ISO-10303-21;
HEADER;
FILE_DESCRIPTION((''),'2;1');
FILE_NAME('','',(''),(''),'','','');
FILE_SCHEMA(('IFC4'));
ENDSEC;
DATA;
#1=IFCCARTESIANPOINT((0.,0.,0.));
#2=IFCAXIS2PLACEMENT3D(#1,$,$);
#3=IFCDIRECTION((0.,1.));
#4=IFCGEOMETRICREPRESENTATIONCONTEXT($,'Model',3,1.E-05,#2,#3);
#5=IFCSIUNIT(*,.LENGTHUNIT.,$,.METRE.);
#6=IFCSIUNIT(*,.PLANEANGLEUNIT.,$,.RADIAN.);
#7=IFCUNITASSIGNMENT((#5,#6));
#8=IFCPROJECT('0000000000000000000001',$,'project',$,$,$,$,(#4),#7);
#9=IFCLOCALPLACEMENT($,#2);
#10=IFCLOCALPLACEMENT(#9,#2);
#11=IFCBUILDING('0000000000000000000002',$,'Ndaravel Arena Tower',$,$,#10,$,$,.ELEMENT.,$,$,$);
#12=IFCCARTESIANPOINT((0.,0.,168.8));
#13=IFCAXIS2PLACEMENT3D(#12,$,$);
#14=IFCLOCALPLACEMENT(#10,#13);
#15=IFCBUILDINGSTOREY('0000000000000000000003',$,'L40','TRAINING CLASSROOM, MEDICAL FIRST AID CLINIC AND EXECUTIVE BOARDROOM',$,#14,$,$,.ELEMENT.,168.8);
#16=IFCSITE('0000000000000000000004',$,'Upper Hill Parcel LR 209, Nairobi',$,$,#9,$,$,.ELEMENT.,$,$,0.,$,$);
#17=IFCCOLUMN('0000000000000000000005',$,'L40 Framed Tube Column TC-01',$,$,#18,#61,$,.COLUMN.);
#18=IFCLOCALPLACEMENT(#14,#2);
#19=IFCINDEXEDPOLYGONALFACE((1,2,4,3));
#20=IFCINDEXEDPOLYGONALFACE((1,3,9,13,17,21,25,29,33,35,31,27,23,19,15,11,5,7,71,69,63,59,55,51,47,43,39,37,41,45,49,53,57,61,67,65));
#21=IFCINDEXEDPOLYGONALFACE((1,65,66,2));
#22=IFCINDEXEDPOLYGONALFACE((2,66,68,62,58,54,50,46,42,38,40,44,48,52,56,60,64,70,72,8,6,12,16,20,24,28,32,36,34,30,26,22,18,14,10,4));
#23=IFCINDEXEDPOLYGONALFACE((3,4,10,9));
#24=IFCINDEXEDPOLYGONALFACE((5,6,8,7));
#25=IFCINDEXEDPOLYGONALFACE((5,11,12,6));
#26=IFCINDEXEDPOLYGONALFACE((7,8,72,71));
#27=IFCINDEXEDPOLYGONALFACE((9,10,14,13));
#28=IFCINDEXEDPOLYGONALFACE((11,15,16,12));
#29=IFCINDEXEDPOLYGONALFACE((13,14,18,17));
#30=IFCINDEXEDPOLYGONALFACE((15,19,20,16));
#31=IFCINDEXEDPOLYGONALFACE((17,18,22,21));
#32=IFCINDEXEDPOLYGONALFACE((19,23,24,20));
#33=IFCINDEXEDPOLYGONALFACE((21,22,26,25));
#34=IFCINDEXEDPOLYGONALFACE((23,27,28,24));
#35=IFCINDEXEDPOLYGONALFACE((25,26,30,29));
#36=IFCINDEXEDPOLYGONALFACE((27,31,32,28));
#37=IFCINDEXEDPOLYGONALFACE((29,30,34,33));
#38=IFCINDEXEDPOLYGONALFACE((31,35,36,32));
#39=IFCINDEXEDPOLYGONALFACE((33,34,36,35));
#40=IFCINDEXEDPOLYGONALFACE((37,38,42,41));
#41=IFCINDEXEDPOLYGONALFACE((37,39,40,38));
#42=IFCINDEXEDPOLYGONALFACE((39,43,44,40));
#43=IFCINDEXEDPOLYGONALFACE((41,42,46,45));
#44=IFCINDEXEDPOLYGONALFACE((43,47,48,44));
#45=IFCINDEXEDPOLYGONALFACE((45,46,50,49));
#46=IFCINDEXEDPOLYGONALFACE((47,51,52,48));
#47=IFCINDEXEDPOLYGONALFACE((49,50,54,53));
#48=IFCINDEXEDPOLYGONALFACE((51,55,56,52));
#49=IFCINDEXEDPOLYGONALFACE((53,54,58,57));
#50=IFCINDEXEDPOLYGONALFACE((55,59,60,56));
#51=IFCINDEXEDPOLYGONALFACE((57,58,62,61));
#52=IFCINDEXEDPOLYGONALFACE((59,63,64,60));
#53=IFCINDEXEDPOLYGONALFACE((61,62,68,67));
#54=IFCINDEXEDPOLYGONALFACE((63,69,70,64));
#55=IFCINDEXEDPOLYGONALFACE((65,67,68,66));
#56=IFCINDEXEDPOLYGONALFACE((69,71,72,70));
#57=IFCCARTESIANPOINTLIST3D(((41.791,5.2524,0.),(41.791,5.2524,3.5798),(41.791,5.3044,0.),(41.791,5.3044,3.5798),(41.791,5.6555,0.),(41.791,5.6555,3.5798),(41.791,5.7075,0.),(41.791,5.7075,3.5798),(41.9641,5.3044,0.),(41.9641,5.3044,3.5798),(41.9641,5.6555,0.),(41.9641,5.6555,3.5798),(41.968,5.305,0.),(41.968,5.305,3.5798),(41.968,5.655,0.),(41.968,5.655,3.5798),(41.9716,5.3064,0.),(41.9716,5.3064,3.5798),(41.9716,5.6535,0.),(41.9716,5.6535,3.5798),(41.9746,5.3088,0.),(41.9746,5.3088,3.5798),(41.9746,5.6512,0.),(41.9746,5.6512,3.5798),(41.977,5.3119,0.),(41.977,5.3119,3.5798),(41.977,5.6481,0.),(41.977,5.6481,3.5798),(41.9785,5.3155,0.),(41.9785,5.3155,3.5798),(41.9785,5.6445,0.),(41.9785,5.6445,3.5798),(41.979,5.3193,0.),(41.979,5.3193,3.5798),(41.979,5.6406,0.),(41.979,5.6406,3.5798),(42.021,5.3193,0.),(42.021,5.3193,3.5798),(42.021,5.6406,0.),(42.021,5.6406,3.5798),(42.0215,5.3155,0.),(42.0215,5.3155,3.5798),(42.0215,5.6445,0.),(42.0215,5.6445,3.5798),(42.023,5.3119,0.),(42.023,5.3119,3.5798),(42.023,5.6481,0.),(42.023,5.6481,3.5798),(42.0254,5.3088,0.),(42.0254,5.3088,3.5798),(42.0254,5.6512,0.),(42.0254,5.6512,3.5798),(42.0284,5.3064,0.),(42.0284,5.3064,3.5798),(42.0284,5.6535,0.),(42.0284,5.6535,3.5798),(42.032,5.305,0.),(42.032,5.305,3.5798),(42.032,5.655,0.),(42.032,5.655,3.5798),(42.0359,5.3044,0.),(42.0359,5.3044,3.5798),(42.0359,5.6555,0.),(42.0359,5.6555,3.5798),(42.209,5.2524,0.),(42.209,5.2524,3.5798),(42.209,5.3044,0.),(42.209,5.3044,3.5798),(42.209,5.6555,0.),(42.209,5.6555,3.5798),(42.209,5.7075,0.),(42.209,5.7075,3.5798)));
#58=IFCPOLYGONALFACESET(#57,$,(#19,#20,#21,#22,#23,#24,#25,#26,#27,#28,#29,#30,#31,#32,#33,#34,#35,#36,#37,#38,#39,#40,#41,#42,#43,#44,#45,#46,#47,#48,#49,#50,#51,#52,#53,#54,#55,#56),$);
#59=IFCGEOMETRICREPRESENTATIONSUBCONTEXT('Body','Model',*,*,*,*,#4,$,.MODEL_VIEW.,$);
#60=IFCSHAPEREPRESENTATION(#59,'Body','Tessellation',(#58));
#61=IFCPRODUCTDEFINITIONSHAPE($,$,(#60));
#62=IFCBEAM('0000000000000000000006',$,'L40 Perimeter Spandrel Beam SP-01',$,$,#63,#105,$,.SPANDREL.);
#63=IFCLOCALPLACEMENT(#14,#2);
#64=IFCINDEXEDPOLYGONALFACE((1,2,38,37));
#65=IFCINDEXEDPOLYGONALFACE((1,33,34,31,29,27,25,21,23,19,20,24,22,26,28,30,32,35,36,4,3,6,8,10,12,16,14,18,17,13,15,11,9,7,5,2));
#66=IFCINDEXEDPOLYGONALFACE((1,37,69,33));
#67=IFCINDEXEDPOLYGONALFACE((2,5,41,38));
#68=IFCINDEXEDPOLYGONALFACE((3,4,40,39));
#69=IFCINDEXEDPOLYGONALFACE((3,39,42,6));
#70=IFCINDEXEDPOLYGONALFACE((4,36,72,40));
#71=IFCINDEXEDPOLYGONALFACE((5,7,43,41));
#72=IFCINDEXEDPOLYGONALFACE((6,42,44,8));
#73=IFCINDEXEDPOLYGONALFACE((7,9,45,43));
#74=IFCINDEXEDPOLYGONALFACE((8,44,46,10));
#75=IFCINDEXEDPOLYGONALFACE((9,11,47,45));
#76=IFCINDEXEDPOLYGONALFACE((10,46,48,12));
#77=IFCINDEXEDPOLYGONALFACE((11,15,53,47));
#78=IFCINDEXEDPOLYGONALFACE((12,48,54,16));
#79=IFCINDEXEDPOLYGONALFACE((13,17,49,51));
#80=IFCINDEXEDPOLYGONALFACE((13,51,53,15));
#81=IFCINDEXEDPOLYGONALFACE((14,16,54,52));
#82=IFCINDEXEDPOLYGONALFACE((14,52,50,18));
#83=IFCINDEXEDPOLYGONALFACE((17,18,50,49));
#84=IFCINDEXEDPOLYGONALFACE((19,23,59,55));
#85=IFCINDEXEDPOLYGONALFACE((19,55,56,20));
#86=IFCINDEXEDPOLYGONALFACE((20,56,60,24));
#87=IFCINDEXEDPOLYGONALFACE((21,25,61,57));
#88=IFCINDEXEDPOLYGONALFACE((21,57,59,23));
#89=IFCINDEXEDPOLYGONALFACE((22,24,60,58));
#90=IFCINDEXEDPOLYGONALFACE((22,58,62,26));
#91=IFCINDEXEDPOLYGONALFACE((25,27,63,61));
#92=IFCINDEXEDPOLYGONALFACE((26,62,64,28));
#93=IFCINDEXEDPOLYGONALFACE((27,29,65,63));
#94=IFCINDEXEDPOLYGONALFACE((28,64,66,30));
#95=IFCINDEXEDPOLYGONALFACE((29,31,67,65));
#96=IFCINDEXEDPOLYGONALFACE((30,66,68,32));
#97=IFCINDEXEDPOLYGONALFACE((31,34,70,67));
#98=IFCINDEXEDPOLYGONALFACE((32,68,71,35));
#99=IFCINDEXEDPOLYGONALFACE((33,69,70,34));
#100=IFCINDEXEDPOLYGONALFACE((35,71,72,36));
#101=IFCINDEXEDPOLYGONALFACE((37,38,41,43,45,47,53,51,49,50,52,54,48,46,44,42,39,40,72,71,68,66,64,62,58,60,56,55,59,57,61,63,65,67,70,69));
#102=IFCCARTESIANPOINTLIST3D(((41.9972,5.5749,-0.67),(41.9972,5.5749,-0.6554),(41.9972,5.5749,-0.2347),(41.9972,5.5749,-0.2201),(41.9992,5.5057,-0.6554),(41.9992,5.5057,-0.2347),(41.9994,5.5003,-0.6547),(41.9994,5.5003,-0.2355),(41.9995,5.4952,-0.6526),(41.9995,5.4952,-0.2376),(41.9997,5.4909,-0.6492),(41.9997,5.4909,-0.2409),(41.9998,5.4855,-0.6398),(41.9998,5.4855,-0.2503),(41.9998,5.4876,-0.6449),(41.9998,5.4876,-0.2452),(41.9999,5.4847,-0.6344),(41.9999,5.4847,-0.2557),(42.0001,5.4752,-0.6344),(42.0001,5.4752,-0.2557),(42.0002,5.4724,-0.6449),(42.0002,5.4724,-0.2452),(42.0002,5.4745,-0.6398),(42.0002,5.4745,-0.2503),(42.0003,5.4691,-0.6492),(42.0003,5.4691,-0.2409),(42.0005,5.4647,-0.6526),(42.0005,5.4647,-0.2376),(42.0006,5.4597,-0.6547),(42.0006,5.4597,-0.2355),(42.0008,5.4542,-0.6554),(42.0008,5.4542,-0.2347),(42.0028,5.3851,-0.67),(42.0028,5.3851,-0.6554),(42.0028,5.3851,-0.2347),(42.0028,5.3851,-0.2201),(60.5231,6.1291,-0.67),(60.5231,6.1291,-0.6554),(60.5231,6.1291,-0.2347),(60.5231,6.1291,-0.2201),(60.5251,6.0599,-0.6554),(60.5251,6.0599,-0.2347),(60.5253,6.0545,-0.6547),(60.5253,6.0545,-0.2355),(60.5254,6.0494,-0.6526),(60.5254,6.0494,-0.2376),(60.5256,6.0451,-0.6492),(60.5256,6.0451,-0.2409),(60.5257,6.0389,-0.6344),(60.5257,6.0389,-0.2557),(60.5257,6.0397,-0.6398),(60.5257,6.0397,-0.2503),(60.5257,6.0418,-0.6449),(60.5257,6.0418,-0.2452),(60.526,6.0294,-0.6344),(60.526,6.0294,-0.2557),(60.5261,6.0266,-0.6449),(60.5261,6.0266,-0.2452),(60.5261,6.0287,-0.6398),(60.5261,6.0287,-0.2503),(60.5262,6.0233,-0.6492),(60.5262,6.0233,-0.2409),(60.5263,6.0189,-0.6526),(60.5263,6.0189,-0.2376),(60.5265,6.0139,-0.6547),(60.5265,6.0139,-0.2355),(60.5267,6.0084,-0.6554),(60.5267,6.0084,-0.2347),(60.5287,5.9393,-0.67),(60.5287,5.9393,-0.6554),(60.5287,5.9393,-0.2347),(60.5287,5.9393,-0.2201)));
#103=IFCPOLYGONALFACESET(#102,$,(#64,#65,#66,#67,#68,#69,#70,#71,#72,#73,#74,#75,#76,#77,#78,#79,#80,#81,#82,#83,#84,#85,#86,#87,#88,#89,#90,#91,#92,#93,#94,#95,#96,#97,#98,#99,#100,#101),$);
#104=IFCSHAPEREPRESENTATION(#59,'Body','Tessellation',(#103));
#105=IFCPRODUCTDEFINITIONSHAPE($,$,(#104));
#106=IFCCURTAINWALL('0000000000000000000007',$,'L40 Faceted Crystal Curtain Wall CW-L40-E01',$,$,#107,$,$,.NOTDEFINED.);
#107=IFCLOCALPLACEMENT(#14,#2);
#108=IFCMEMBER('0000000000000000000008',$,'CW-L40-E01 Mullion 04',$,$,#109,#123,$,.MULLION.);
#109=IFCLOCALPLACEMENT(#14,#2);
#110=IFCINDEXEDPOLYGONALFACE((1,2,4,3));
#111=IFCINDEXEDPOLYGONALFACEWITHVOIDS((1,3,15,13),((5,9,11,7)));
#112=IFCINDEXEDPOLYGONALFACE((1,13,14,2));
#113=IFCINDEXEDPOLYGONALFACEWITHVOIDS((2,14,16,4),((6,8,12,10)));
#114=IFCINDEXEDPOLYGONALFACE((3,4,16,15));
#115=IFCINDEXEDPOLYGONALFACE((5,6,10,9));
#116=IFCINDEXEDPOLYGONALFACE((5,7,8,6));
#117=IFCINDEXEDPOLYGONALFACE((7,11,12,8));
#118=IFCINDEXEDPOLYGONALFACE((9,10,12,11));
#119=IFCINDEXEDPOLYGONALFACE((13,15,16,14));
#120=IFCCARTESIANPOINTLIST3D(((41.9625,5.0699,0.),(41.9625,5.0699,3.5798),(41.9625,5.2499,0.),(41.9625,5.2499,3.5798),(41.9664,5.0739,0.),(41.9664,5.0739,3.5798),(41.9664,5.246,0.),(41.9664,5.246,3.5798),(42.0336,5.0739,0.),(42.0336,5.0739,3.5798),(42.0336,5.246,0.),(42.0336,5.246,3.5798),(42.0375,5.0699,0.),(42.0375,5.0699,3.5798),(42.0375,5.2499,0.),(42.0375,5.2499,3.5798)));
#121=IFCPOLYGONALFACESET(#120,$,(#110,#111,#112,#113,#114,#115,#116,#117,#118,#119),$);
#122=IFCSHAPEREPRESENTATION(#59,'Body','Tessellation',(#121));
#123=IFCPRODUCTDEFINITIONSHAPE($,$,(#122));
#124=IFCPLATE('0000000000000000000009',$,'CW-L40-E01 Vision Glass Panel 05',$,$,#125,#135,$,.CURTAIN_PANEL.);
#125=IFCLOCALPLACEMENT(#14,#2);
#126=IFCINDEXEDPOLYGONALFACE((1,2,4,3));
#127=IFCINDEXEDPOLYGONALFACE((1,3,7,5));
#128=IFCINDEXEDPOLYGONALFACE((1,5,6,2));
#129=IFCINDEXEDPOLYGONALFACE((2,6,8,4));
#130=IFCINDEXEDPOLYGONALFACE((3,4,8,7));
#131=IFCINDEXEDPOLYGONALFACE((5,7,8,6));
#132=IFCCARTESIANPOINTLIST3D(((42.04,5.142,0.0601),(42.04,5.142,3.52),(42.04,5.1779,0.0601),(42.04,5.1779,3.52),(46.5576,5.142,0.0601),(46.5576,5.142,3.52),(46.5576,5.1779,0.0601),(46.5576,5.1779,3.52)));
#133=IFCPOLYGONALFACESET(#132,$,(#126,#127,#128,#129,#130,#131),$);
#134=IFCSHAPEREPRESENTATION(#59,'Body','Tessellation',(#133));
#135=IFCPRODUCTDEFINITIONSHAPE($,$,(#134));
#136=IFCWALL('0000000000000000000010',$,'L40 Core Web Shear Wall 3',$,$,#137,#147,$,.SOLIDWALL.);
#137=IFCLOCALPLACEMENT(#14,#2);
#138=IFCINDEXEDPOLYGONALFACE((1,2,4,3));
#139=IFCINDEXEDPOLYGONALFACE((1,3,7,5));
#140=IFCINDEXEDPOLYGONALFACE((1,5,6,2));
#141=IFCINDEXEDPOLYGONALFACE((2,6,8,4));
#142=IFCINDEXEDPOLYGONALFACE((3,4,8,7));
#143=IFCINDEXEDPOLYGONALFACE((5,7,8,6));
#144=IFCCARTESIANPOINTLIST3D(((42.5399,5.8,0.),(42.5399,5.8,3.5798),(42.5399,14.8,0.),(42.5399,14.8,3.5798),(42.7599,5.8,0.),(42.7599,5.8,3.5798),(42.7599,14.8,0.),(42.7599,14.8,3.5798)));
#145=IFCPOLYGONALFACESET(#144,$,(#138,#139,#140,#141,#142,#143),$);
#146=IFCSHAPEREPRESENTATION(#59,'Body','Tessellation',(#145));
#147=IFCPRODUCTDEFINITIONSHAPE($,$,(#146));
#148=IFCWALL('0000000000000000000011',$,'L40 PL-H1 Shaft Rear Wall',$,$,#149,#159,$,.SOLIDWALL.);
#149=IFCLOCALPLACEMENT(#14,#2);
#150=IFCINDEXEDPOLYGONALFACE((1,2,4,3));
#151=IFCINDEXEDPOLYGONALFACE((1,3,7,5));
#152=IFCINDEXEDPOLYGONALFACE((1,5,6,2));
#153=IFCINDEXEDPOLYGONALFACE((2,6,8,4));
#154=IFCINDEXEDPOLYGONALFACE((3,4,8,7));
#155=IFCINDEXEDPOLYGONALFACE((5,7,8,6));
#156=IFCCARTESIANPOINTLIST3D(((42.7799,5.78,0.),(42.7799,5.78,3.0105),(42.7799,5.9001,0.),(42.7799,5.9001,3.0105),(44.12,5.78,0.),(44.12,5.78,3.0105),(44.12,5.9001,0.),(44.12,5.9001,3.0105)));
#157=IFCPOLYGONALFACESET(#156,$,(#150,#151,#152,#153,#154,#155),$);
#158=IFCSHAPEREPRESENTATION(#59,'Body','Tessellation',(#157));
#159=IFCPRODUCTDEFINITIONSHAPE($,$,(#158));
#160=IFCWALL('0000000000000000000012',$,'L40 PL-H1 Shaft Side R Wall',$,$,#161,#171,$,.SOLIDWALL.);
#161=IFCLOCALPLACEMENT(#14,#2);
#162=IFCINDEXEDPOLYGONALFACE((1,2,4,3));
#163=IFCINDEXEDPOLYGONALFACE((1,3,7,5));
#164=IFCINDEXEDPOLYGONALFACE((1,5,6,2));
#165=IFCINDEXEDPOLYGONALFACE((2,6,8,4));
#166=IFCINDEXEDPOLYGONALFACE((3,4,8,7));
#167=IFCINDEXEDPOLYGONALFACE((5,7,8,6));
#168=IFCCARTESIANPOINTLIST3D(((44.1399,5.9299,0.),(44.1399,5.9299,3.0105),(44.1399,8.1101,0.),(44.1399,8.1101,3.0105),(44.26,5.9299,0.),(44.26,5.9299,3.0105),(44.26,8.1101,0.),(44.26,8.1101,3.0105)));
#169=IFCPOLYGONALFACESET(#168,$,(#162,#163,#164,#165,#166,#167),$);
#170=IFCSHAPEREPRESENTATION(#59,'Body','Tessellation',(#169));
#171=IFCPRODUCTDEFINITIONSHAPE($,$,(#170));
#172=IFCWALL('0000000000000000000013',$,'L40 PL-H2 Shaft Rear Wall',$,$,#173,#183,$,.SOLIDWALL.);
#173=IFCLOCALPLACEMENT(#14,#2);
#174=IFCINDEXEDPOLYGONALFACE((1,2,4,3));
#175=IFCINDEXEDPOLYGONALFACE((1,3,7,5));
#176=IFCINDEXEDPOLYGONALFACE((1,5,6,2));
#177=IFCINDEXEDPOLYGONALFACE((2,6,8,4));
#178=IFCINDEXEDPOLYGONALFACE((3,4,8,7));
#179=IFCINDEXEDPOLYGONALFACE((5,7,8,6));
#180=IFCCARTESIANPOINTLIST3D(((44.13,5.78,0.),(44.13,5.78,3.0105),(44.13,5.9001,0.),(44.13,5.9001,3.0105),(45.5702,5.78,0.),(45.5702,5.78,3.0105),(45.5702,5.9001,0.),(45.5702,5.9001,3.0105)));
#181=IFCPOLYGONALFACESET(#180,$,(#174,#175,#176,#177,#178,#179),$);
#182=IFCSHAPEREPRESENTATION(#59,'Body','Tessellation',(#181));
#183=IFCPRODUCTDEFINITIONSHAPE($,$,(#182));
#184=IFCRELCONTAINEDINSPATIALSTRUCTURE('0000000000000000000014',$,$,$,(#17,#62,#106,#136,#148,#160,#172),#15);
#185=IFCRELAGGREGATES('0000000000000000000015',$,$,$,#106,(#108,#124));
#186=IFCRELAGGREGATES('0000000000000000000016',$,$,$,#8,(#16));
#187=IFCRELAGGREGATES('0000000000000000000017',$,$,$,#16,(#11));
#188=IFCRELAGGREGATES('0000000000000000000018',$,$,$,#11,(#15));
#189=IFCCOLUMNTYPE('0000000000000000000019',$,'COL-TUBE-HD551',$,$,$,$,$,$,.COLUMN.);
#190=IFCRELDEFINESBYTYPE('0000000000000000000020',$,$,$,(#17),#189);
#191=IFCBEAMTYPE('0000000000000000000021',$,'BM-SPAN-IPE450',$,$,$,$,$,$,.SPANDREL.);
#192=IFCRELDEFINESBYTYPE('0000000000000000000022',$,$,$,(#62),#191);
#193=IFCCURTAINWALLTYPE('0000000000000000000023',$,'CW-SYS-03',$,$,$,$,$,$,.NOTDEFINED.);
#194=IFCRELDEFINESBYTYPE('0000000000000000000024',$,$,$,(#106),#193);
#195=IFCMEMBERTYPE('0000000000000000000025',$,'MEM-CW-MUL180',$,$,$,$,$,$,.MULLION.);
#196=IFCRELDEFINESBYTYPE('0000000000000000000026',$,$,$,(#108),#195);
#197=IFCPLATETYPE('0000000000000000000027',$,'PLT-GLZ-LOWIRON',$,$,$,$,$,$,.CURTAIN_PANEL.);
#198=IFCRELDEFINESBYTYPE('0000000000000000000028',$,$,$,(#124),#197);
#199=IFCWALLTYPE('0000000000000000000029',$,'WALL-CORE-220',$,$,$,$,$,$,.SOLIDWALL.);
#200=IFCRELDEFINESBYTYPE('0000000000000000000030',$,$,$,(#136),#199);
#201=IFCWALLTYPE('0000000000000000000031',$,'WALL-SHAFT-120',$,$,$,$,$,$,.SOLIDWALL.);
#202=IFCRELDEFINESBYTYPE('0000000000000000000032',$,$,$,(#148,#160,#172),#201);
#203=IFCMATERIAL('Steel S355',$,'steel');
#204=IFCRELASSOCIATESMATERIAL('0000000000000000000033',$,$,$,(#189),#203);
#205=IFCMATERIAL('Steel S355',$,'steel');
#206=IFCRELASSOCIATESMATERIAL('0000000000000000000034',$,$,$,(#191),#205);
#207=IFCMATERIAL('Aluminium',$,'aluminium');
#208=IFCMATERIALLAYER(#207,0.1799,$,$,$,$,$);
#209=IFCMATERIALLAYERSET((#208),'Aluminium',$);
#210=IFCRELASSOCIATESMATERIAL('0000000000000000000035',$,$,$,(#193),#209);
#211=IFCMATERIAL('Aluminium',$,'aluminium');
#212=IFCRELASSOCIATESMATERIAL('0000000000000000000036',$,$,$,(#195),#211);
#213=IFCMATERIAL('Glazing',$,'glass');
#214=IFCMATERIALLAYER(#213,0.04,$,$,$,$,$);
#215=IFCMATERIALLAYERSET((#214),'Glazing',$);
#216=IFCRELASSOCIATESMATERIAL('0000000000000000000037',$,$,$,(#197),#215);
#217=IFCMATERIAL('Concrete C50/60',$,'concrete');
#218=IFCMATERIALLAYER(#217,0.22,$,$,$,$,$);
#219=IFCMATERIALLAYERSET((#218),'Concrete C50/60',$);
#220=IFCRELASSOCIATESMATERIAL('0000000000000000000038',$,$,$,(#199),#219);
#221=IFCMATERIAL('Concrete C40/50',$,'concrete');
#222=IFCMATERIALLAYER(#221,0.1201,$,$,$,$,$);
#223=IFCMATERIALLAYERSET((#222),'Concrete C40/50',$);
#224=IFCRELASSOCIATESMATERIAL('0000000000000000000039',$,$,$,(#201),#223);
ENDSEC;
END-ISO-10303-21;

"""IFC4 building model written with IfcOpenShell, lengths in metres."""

from ifc_helpers import new_model, si_unit, direction, frame, frame_2d, origin, origin_2d, place, context, subcontext, project, spatial, rectangle, hollow_rectangle, i_section, extrude, material, layer, layer_set, material_profile, profile_set, type_object, element, aggregate, save


model = new_model("IFC4")

# Units and contexts
model_context = context("Model", 3, precision=1e-05, world=origin(), true_north=direction((0.0, 1.0)))
body_context = subcontext(model_context, "Body", "Model", "MODEL_VIEW")
ifc_project = project(units=[si_unit("LENGTHUNIT", "METRE"), si_unit("PLANEANGLEUNIT", "RADIAN")], contexts=[model_context])

# Site, building, storey
site_placement = place(None, origin())
site = spatial("IfcSite", under=ifc_project, at=site_placement, Name="Upper Hill Parcel LR 209, Nairobi", CompositionType="ELEMENT", RefElevation=0.0)
building_placement = place(site_placement, origin())
building = spatial("IfcBuilding", under=site, at=building_placement, Name="Ndaravel Arena Tower", CompositionType="ELEMENT")
storey_placement = place(building_placement, frame((0.0, 0.0, 168.8)))
storey = spatial("IfcBuildingStorey", under=building, at=storey_placement, Name="L40", Description="TRAINING CLASSROOM, MEDICAL FIRST AID CLINIC AND EXECUTIVE BOARDROOM", CompositionType="ELEMENT", Elevation=168.8)

# Column
ifc_material_1 = material(Name="Steel S355", Category="steel")
ifc_material_profile_1 = material_profile(ifc_material_1, i_section(OverallWidth=0.418, OverallDepth=0.4551, WebThickness=0.042, FlangeThickness=0.052, FilletRadius=0.0149, at=origin_2d()), Name="HD 400x551")
ifc_profile_set_1 = profile_set([ifc_material_profile_1], Name="Steel S355")
column_type = type_object("IfcColumnType", Name="COL-TUBE-HD551", PredefinedType="COLUMN", material=ifc_profile_set_1)
column_placement = place(storey_placement, frame((42.0, 5.48, 0.0), z_axis=(0.0, 0.0, 1.0), x_axis=(1.0, 0.0, 0.0)))
element("IfcColumn", 1, at=column_placement, inside=storey, type_object=column_type, Name="L40 Framed Tube Column TC-01", PredefinedType="COLUMN", context=body_context, shape_type="SweptSolid", body=[
    extrude(i_section(OverallWidth=0.418, OverallDepth=0.4551, WebThickness=0.042, FlangeThickness=0.052, FilletRadius=0.0149, at=origin_2d()), origin(), (0.0, 0.0, 1.0), 3.5798),
])

# Beam
ifc_material_2 = material(Name="Steel S355", Category="steel")
ifc_material_profile_2 = material_profile(ifc_material_2, i_section(OverallWidth=0.1899, OverallDepth=0.45, WebThickness=0.0095, FlangeThickness=0.0146, FilletRadius=0.021, at=origin_2d()), Name="IPE 450")
ifc_profile_set_2 = profile_set([ifc_material_profile_2], Name="Steel S355")
beam_type = type_object("IfcBeamType", Name="BM-SPAN-IPE450", PredefinedType="SPANDREL", material=ifc_profile_set_2)
beam_placement = place(storey_placement, frame((42.0, 5.48, -0.4451), z_axis=(0.999553, 0.029901, 0.0), x_axis=(-0.029901, 0.999553, 0.0)))
element("IfcBeam", 2, at=beam_placement, inside=storey, type_object=beam_type, Name="L40 Perimeter Spandrel Beam SP-01", PredefinedType="SPANDREL", context=body_context, shape_type="SweptSolid", body=[
    extrude(i_section(OverallWidth=0.1899, OverallDepth=0.45, WebThickness=0.0095, FlangeThickness=0.0146, FilletRadius=0.021, at=origin_2d()), origin(), (0.0, 0.0, 1.0), 18.5342),
])

# Curtain wall, member, plate
ifc_material_3 = material(Name="Aluminium", Category="aluminium")
ifc_layer_1 = layer(ifc_material_3, 0.1799)
ifc_layer_set_1 = layer_set([ifc_layer_1], Name="Aluminium")
curtain_wall_type = type_object("IfcCurtainWallType", Name="CW-SYS-03", PredefinedType="NOTDEFINED", material=ifc_layer_set_1)
curtain_wall_placement = place(storey_placement, origin())
curtain_wall = element("IfcCurtainWall", 3, at=curtain_wall_placement, inside=storey, type_object=curtain_wall_type, Name="L40 Faceted Crystal Curtain Wall CW-L40-E01", PredefinedType="NOTDEFINED")
ifc_material_4 = material(Name="Aluminium", Category="aluminium")
ifc_material_profile_3 = material_profile(ifc_material_4, hollow_rectangle(XDim=0.075, YDim=0.1799, WallThickness=0.0039, at=origin_2d()), Name="CW MULLION 75x180x4")
ifc_profile_set_3 = profile_set([ifc_material_profile_3], Name="Aluminium")
member_type = type_object("IfcMemberType", Name="MEM-CW-MUL180", PredefinedType="MULLION", material=ifc_profile_set_3)
member_placement = place(storey_placement, frame((42.0, 5.1599, 0.0), z_axis=(0.0, 0.0, 1.0), x_axis=(1.0, 0.0, 0.0)))
member = element("IfcMember", 4, at=member_placement, type_object=member_type, Name="CW-L40-E01 Mullion 04", PredefinedType="MULLION", context=body_context, shape_type="SweptSolid", body=[
    extrude(hollow_rectangle(XDim=0.075, YDim=0.1799, WallThickness=0.0039, at=origin_2d()), origin(), (0.0, 0.0, 1.0), 3.5798),
])
ifc_material_5 = material(Name="Glazing", Category="glass")
ifc_layer_2 = layer(ifc_material_5, 0.04)
ifc_layer_set_2 = layer_set([ifc_layer_2], Name="Glazing")
plate_type = type_object("IfcPlateType", Name="PLT-GLZ-LOWIRON", PredefinedType="CURTAIN_PANEL", material=ifc_layer_set_2)
plate_placement = place(storey_placement, frame((44.2988, 5.1599, 0.0601), z_axis=(0.0, 0.0, 1.0), x_axis=(1.0, 0.0, 0.0)))
plate = element("IfcPlate", 5, at=plate_placement, type_object=plate_type, Name="CW-L40-E01 Vision Glass Panel 05", PredefinedType="CURTAIN_PANEL", context=body_context, shape_type="SweptSolid", body=[
    extrude(rectangle(XDim=4.5176, YDim=0.0359, at=origin_2d()), origin(), (0.0, 0.0, 1.0), 3.46),
])
aggregate(curtain_wall, [member, plate])

# Walls
ifc_material_6 = material(Name="Concrete C50/60", Category="concrete")
ifc_layer_3 = layer(ifc_material_6, 0.22)
ifc_layer_set_3 = layer_set([ifc_layer_3], Name="Concrete C50/60")
wall_type_1 = type_object("IfcWallType", Name="WALL-CORE-220", PredefinedType="SOLIDWALL", material=ifc_layer_set_3)
wall_1_placement = place(storey_placement, frame((42.6499, 5.8, 0.0), z_axis=(0.0, 0.0, 1.0), x_axis=(0.0, 1.0, 0.0)))
element("IfcWall", 6, at=wall_1_placement, inside=storey, type_object=wall_type_1, Name="L40 Core Web Shear Wall 3", PredefinedType="SOLIDWALL", context=body_context, shape_type="SweptSolid", body=[
    extrude(rectangle(XDim=9.0, YDim=0.22, at=frame_2d((4.5, 0.0))), origin(), (0.0, 0.0, 1.0), 3.5798),
])
ifc_material_7 = material(Name="Concrete C40/50", Category="concrete")
ifc_layer_4 = layer(ifc_material_7, 0.1201)
ifc_layer_set_4 = layer_set([ifc_layer_4], Name="Concrete C40/50")
wall_type_2 = type_object("IfcWallType", Name="WALL-SHAFT-120", PredefinedType="SOLIDWALL", material=ifc_layer_set_4)
wall_2_placement = place(storey_placement, frame((42.78, 5.8401, 0.0), z_axis=(0.0, 0.0, 1.0), x_axis=(1.0, 0.0, 0.0)))
element("IfcWall", 7, at=wall_2_placement, inside=storey, type_object=wall_type_2, Name="L40 PL-H1 Shaft Rear Wall", PredefinedType="SOLIDWALL", context=body_context, shape_type="SweptSolid", body=[
    extrude(rectangle(XDim=1.3401, YDim=0.1201, at=frame_2d((0.6699, 0.0))), origin(), (0.0, 0.0, 1.0), 3.0105),
])
wall_3_placement = place(storey_placement, frame((44.2, 5.9299, 0.0), z_axis=(0.0, 0.0, 1.0), x_axis=(0.0, 1.0, 0.0)))
element("IfcWall", 8, at=wall_3_placement, inside=storey, type_object=wall_type_2, Name="L40 PL-H1 Shaft Side R Wall", PredefinedType="SOLIDWALL", context=body_context, shape_type="SweptSolid", body=[
    extrude(rectangle(XDim=2.1802, YDim=0.1201, at=frame_2d((1.0901, 0.0))), origin(), (0.0, 0.0, 1.0), 3.0105),
])
wall_4_placement = place(storey_placement, frame((44.1299, 5.8401, 0.0), z_axis=(0.0, 0.0, 1.0), x_axis=(1.0, 0.0, 0.0)))
element("IfcWall", 9, at=wall_4_placement, inside=storey, type_object=wall_type_2, Name="L40 PL-H2 Shaft Rear Wall", PredefinedType="SOLIDWALL", context=body_context, shape_type="SweptSolid", body=[
    extrude(rectangle(XDim=1.4402, YDim=0.1201, at=frame_2d((0.7202, 0.0))), origin(), (0.0, 0.0, 1.0), 3.0105),
])

save(model, "model.ifc")
